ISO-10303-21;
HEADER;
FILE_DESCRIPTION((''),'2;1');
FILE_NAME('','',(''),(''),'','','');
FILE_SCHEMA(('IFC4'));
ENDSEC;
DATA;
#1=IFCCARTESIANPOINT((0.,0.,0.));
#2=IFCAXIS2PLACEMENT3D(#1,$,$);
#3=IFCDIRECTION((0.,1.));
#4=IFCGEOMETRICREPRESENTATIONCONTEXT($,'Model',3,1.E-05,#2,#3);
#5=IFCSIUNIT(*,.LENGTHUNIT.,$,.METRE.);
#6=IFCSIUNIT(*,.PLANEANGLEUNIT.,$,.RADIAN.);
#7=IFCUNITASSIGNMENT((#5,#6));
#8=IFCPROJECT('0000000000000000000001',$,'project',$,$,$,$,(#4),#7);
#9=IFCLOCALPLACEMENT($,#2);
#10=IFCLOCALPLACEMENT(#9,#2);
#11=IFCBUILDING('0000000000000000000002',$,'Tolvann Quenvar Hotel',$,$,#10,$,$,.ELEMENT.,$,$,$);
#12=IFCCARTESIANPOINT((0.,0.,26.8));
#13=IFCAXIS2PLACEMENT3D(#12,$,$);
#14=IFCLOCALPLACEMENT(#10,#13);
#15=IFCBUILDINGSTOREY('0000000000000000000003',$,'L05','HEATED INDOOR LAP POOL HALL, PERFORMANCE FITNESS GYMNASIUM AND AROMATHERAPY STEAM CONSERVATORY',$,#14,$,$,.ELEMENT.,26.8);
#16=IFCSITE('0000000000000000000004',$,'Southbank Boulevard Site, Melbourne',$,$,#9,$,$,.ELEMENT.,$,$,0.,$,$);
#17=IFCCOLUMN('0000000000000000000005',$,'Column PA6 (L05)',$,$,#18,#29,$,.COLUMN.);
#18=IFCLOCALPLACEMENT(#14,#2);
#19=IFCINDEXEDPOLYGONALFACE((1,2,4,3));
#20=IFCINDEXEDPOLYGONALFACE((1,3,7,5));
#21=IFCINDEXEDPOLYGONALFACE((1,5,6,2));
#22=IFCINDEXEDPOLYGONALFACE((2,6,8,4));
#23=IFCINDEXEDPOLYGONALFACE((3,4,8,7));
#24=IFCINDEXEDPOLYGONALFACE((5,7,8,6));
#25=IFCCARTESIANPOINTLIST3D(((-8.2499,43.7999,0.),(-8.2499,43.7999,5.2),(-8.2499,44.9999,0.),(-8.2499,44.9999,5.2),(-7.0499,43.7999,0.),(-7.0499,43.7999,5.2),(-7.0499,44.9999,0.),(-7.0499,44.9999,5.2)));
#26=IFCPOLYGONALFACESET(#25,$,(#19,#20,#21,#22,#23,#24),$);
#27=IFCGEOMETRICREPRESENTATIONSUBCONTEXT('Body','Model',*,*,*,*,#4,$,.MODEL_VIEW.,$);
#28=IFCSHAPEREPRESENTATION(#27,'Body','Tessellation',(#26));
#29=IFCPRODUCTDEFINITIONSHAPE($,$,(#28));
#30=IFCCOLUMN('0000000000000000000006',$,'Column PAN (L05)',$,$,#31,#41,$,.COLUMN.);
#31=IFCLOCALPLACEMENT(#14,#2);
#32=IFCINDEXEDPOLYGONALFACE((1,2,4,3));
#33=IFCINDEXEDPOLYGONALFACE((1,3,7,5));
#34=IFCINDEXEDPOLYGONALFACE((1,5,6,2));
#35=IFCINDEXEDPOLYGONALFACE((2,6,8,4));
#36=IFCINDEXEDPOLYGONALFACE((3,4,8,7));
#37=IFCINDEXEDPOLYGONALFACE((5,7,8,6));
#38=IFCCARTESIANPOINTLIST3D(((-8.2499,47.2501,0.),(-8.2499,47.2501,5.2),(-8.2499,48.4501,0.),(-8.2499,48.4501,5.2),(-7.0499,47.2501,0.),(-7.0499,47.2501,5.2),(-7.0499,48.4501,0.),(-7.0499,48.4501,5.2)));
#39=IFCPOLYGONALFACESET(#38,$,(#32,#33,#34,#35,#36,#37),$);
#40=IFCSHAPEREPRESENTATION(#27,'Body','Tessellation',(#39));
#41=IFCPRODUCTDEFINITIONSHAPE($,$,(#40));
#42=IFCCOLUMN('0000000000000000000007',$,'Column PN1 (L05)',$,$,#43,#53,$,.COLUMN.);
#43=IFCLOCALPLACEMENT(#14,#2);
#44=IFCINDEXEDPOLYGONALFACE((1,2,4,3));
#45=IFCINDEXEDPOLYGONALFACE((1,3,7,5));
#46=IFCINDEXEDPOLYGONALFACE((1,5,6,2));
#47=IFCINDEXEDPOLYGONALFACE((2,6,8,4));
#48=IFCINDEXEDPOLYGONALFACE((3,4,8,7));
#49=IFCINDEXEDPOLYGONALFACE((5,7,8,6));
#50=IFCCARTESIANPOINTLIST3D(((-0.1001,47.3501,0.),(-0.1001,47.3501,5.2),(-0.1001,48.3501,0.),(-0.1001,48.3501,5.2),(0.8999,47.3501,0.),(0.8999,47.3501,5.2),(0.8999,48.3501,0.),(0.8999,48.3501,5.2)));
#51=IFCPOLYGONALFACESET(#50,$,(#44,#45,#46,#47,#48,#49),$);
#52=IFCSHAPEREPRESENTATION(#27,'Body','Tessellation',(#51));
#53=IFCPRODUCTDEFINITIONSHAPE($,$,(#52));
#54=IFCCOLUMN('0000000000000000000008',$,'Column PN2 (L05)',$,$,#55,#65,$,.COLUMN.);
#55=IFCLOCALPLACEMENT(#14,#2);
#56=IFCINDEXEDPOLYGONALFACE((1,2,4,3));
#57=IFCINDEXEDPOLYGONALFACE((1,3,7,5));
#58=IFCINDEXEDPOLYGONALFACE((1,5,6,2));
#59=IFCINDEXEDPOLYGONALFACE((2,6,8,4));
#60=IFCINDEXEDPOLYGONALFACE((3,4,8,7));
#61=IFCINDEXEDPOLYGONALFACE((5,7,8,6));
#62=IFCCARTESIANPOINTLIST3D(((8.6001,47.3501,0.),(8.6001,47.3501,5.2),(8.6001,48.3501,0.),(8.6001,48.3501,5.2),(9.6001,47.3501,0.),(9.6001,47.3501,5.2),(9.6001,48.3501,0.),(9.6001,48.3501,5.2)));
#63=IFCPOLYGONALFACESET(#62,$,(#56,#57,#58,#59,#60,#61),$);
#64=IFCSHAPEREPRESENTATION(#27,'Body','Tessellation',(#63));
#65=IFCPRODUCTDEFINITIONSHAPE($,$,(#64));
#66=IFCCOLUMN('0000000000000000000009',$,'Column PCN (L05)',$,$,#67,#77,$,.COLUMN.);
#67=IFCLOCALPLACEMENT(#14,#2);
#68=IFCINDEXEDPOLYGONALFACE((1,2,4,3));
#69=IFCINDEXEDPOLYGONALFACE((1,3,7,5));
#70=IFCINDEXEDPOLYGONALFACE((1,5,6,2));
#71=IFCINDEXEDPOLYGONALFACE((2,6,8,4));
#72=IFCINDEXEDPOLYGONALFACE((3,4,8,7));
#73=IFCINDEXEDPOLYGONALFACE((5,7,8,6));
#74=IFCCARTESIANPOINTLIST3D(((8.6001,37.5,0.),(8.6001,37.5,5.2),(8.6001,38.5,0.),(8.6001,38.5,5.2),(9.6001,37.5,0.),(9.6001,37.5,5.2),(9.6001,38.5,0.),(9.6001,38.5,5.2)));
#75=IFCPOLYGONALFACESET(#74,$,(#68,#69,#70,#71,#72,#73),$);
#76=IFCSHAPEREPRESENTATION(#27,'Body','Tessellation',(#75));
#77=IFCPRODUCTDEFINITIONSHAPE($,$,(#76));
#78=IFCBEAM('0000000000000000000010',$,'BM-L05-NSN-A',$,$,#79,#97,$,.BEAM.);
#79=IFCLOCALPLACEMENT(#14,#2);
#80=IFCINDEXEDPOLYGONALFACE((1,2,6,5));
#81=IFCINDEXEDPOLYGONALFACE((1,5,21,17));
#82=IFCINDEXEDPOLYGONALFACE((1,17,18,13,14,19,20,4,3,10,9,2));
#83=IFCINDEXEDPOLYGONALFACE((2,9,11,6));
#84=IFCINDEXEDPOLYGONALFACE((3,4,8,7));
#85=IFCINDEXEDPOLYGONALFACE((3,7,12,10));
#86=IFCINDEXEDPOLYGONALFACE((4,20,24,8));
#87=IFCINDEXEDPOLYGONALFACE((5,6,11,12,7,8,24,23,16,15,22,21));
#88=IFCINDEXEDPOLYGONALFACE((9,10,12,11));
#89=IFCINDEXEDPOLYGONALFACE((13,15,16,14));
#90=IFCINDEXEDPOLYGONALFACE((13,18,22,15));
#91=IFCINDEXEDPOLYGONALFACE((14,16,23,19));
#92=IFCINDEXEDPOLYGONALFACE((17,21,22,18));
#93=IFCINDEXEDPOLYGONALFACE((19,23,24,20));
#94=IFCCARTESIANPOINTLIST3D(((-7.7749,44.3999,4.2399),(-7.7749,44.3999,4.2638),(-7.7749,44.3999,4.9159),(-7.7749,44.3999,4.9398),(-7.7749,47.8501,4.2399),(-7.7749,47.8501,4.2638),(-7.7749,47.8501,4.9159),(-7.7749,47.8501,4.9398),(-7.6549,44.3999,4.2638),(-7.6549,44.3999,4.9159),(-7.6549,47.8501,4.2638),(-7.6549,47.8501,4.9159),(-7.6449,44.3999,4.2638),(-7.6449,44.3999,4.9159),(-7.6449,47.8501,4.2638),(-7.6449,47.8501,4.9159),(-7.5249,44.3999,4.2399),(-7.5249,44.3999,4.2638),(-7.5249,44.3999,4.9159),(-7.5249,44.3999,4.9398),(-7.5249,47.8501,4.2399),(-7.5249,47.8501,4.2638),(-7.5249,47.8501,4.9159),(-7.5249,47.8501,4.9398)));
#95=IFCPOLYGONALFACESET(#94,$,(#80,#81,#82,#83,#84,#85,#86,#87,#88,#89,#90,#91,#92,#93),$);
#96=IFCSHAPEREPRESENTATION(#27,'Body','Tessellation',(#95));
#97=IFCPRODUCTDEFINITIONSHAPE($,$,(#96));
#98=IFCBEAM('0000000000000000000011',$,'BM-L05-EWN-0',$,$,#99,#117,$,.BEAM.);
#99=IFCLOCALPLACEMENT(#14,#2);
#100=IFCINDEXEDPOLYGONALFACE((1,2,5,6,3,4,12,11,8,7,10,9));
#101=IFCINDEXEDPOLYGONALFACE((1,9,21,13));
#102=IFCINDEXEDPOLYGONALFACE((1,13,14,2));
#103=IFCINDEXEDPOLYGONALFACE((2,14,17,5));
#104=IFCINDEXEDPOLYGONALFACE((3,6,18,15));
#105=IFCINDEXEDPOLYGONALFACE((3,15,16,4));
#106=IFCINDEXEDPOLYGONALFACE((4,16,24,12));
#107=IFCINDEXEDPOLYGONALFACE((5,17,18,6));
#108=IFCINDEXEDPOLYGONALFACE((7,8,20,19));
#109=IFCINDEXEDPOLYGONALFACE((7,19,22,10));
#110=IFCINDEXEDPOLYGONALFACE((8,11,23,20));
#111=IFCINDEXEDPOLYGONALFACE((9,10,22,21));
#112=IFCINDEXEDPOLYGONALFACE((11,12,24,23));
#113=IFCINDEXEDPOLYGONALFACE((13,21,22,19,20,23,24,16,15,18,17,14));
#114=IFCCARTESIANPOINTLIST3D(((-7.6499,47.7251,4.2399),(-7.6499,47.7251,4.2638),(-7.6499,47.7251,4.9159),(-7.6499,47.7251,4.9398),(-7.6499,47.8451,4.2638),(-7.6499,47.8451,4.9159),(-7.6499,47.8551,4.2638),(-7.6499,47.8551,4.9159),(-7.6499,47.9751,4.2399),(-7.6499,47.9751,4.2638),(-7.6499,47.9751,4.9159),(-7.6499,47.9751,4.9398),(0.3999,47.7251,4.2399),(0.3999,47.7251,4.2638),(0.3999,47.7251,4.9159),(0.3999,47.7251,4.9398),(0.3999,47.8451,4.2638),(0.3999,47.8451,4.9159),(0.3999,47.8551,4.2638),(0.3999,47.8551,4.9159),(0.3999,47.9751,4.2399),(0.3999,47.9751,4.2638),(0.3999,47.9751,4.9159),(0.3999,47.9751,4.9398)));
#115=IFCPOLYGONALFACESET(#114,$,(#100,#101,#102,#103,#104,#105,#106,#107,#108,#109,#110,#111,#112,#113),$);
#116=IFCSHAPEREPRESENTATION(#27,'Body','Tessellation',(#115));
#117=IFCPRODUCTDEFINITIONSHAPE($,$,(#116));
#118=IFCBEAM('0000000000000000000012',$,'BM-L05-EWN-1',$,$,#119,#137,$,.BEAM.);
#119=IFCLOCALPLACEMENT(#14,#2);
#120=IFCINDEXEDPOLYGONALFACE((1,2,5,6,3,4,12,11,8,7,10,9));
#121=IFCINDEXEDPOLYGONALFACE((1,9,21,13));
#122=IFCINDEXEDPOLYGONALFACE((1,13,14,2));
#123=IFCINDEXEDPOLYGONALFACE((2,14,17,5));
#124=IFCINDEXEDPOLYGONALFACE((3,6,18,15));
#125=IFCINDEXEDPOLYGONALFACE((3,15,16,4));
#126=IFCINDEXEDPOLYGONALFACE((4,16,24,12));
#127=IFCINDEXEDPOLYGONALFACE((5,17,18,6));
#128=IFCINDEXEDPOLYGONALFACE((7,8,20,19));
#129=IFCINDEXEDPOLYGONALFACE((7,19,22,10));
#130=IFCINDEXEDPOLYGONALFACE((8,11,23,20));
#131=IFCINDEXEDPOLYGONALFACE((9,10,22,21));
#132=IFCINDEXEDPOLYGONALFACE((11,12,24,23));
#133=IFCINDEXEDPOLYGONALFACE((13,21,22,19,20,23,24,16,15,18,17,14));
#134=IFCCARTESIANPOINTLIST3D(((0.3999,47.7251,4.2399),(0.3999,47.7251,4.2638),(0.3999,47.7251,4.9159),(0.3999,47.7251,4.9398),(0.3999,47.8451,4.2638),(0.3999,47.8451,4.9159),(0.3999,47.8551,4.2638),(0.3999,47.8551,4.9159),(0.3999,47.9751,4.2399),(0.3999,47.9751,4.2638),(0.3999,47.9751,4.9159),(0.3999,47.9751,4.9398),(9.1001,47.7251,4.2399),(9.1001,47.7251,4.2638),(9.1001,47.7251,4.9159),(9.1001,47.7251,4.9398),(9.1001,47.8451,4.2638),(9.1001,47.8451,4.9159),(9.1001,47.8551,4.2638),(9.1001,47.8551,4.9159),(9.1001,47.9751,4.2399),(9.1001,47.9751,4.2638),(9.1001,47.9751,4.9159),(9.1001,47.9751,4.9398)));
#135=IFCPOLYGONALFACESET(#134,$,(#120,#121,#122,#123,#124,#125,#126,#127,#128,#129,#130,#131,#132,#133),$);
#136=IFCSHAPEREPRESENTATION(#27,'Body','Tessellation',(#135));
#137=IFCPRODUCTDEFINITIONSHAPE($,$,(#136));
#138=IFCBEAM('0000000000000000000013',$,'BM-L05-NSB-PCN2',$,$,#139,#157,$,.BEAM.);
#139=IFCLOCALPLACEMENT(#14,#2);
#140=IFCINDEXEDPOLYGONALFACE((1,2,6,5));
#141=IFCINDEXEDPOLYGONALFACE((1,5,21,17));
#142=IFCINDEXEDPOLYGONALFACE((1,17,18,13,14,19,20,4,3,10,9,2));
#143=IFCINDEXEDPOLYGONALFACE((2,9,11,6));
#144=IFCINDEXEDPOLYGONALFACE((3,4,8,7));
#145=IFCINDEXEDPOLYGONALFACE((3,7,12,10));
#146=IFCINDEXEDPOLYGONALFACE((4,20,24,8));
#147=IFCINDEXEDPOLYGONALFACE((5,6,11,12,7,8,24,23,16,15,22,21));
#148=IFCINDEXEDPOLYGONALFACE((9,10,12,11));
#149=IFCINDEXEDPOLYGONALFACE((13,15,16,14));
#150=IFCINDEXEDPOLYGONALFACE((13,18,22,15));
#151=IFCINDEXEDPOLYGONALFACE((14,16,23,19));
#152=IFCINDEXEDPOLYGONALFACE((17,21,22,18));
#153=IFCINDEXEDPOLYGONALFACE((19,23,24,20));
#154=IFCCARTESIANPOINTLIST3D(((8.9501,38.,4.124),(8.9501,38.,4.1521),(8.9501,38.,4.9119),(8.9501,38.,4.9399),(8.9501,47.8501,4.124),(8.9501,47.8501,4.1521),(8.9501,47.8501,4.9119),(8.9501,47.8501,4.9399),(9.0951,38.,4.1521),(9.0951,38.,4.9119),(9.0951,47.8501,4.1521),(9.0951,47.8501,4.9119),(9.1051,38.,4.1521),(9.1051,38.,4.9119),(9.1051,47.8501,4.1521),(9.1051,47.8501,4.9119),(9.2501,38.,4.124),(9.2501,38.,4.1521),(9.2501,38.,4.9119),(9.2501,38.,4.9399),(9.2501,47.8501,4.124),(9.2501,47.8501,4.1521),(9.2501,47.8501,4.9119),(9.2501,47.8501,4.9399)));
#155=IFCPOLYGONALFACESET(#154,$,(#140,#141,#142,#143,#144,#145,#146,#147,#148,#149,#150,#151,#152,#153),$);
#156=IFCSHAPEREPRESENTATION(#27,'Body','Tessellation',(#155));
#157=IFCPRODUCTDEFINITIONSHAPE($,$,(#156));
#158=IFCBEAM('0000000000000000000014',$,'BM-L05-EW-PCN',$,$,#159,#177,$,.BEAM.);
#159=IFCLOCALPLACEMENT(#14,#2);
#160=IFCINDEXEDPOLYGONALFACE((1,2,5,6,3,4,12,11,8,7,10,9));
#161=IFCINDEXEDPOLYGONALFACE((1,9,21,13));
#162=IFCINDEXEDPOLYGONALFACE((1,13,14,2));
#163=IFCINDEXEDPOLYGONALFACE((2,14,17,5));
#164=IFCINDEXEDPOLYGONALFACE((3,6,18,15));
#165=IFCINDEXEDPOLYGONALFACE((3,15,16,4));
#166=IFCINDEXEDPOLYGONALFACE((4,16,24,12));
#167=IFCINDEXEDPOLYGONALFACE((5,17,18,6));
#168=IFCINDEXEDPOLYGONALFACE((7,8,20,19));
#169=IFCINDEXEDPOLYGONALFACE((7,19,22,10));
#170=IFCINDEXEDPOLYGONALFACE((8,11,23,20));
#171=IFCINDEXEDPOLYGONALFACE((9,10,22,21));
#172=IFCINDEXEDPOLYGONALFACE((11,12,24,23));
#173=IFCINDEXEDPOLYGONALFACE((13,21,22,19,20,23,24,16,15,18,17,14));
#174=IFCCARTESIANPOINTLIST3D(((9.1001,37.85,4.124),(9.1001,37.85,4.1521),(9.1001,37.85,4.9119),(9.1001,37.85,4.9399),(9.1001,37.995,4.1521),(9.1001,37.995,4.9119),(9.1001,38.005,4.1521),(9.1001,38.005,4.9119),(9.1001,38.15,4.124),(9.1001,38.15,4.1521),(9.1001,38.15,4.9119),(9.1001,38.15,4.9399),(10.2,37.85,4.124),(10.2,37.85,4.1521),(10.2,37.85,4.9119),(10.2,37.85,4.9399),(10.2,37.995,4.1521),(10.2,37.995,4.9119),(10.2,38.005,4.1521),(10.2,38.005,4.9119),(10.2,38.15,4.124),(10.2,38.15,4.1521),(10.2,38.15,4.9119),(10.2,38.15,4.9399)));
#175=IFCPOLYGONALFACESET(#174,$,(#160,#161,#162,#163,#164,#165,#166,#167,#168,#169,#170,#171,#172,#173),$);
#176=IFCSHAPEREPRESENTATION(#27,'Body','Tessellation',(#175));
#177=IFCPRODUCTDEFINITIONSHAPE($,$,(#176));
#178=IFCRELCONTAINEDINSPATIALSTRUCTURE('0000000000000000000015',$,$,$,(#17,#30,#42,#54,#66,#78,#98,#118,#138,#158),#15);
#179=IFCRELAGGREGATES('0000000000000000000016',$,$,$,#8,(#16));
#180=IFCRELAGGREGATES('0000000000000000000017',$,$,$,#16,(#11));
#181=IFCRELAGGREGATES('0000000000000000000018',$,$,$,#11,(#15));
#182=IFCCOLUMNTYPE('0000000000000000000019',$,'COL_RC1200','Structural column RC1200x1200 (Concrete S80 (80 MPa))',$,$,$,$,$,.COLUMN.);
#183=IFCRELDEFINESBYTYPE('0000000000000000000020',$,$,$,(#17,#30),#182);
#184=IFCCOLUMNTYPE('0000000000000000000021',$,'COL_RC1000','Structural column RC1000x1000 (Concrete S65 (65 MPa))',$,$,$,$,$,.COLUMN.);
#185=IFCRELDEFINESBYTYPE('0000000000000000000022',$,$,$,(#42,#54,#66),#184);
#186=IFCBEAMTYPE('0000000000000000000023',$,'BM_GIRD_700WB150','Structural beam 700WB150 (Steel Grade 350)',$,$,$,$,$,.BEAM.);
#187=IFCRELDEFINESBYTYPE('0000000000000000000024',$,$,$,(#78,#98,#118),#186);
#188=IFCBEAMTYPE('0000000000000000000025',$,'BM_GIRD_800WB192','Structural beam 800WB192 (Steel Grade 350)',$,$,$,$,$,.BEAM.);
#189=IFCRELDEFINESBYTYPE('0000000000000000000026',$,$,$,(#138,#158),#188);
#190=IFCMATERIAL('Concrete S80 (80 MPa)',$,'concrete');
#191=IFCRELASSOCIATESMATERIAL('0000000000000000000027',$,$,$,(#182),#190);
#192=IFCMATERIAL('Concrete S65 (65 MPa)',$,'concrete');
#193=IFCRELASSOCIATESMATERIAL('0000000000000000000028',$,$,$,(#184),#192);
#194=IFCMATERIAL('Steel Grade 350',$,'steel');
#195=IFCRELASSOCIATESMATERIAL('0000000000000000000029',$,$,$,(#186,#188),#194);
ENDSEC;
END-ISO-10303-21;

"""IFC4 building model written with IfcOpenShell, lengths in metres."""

from ifc_helpers import new_model, si_unit, direction, frame, origin, origin_2d, place, context, subcontext, project, spatial, rectangle, i_section, extrude, source, transform, mapped, material, material_profile, profile_set, type_object, type_shapes, element, save


model = new_model("IFC4")

# Units and contexts
model_context = context("Model", 3, precision=1e-05, world=origin(), true_north=direction((0.0, 1.0)))
body_context = subcontext(model_context, "Body", "Model", "MODEL_VIEW")
ifc_project = project(units=[si_unit("LENGTHUNIT", "METRE"), si_unit("PLANEANGLEUNIT", "RADIAN")], contexts=[model_context])

# Site, building, storey
site_placement = place(None, origin())
site = spatial("IfcSite", under=ifc_project, at=site_placement, Name="Southbank Boulevard Site, Melbourne", CompositionType="ELEMENT", RefElevation=0.0)
building_placement = place(site_placement, origin())
building = spatial("IfcBuilding", under=site, at=building_placement, Name="Tolvann Quenvar Hotel", CompositionType="ELEMENT")
storey_placement = place(building_placement, frame((0.0, 0.0, 26.8)))
storey = spatial("IfcBuildingStorey", under=building, at=storey_placement, Name="L05", Description="HEATED INDOOR LAP POOL HALL, PERFORMANCE FITNESS GYMNASIUM AND AROMATHERAPY STEAM CONSERVATORY", CompositionType="ELEMENT", Elevation=26.8)

# Columns
ifc_material_1 = material(Name="Concrete S80 (80 MPa)", Category="concrete")
ifc_material_profile_1 = material_profile(ifc_material_1, rectangle(XDim=1.2, YDim=1.2, at=origin_2d()), Name="RC1200x1200")
ifc_profile_set_1 = profile_set([ifc_material_profile_1], Name="Concrete S80 (80 MPa)")
column_type_1 = type_object("IfcColumnType", Name="COL_RC1200", Description="Structural column RC1200x1200 (Concrete S80 (80 MPa))", PredefinedType="COLUMN", material=ifc_profile_set_1)
shared_shape_1 = source(origin(), body_context, "Body", "SweptSolid", [
    extrude(rectangle(XDim=1.2, YDim=1.2, at=origin_2d()), origin(), (0.0, 0.0, 1.0), 5.2),
])
type_shapes(column_type_1, [shared_shape_1])
for number, where, z_axis, x_axis, name in (
    (1, (-7.6499, 44.3999, 0.0), (0.0, 0.0, 1.0), (1.0, 0.0, 0.0), "Column PA6 (L05)"),
    (2, (-7.6499, 47.8501, 0.0), (0.0, 0.0, 1.0), (1.0, 0.0, 0.0), "Column PAN (L05)"),
):
    element("IfcColumn", number, at=place(storey_placement, frame(where, z_axis=z_axis, x_axis=x_axis)), inside=storey, type_object=column_type_1, Name=name, PredefinedType="COLUMN", context=body_context, shape_type="MappedRepresentation", body=[
        mapped(shared_shape_1, transform((0.0, 0.0, 0.0), x_axis=(1.0, 0.0, 0.0), y_axis=(0.0, 1.0, 0.0), z_axis=(0.0, 0.0, 1.0), scale=1.0)),
    ])
ifc_material_2 = material(Name="Concrete S65 (65 MPa)", Category="concrete")
ifc_material_profile_2 = material_profile(ifc_material_2, rectangle(XDim=1.0, YDim=1.0, at=origin_2d()), Name="RC1000x1000")
ifc_profile_set_2 = profile_set([ifc_material_profile_2], Name="Concrete S65 (65 MPa)")
column_type_2 = type_object("IfcColumnType", Name="COL_RC1000", Description="Structural column RC1000x1000 (Concrete S65 (65 MPa))", PredefinedType="COLUMN", material=ifc_profile_set_2)
shared_shape_2 = source(origin(), body_context, "Body", "SweptSolid", [
    extrude(rectangle(XDim=1.0, YDim=1.0, at=origin_2d()), origin(), (0.0, 0.0, 1.0), 5.2),
])
type_shapes(column_type_2, [shared_shape_2])
for number, where, z_axis, x_axis, name in (
    (3, (0.3999, 47.8501, 0.0), (0.0, 0.0, 1.0), (1.0, 0.0, 0.0), "Column PN1 (L05)"),
    (4, (9.1001, 47.8501, 0.0), (0.0, 0.0, 1.0), (1.0, 0.0, 0.0), "Column PN2 (L05)"),
    (5, (9.1001, 38.0, 0.0), (0.0, 0.0, 1.0), (1.0, 0.0, 0.0), "Column PCN (L05)"),
):
    element("IfcColumn", number, at=place(storey_placement, frame(where, z_axis=z_axis, x_axis=x_axis)), inside=storey, type_object=column_type_2, Name=name, PredefinedType="COLUMN", context=body_context, shape_type="MappedRepresentation", body=[
        mapped(shared_shape_2, transform((0.0, 0.0, 0.0), x_axis=(1.0, 0.0, 0.0), y_axis=(0.0, 1.0, 0.0), z_axis=(0.0, 0.0, 1.0), scale=1.0)),
    ])

# Beams
ifc_material_3 = material(Name="Steel Grade 350", Category="steel")
ifc_material_profile_3 = material_profile(ifc_material_3, i_section(OverallWidth=0.25, OverallDepth=0.7, WebThickness=0.01, FlangeThickness=0.0239, at=origin_2d()), Name="700WB150")
ifc_profile_set_3 = profile_set([ifc_material_profile_3], Name="Steel Grade 350")
beam_type_1 = type_object("IfcBeamType", Name="BM_GIRD_700WB150", Description="Structural beam 700WB150 (Steel Grade 350)", PredefinedType="BEAM", material=ifc_profile_set_3)
shared_shape_3 = source(origin(), body_context, "Body", "SweptSolid", [
    extrude(i_section(OverallWidth=0.25, OverallDepth=0.7, WebThickness=0.01, FlangeThickness=0.0239, at=origin_2d()), origin(), (0.0, 0.0, 1.0), 3.4502),
])
beam_1_placement = place(storey_placement, frame((-7.6499, 44.3999, 4.5898), z_axis=(0.0, 1.0, 0.0), x_axis=(-1.0, 0.0, 0.0)))
element("IfcBeam", 6, at=beam_1_placement, inside=storey, type_object=beam_type_1, Name="BM-L05-NSN-A", PredefinedType="BEAM", context=body_context, shape_type="MappedRepresentation", body=[
    mapped(shared_shape_3, transform((0.0, 0.0, 0.0), x_axis=(1.0, 0.0, 0.0), y_axis=(0.0, 1.0, 0.0), z_axis=(0.0, 0.0, 1.0), scale=1.0)),
])
shared_shape_4 = source(origin(), body_context, "Body", "SweptSolid", [
    extrude(i_section(OverallWidth=0.25, OverallDepth=0.7, WebThickness=0.01, FlangeThickness=0.0239, at=origin_2d()), origin(), (0.0, 0.0, 1.0), 8.0498),
])
beam_2_placement = place(storey_placement, frame((-7.6499, 47.8501, 4.5898), z_axis=(1.0, 0.0, 0.0), x_axis=(0.0, 1.0, 0.0)))
element("IfcBeam", 7, at=beam_2_placement, inside=storey, type_object=beam_type_1, Name="BM-L05-EWN-0", PredefinedType="BEAM", context=body_context, shape_type="MappedRepresentation", body=[
    mapped(shared_shape_4, transform((0.0, 0.0, 0.0), x_axis=(1.0, 0.0, 0.0), y_axis=(0.0, 1.0, 0.0), z_axis=(0.0, 0.0, 1.0), scale=1.0)),
])
shared_shape_5 = source(origin(), body_context, "Body", "SweptSolid", [
    extrude(i_section(OverallWidth=0.25, OverallDepth=0.7, WebThickness=0.01, FlangeThickness=0.0239, at=origin_2d()), origin(), (0.0, 0.0, 1.0), 8.7002),
])
type_shapes(beam_type_1, [shared_shape_3, shared_shape_4, shared_shape_5])
beam_3_placement = place(storey_placement, frame((0.3999, 47.8501, 4.5898), z_axis=(1.0, 0.0, 0.0), x_axis=(0.0, 1.0, 0.0)))
element("IfcBeam", 8, at=beam_3_placement, inside=storey, type_object=beam_type_1, Name="BM-L05-EWN-1", PredefinedType="BEAM", context=body_context, shape_type="MappedRepresentation", body=[
    mapped(shared_shape_5, transform((0.0, 0.0, 0.0), x_axis=(1.0, 0.0, 0.0), y_axis=(0.0, 1.0, 0.0), z_axis=(0.0, 0.0, 1.0), scale=1.0)),
])
ifc_material_profile_4 = material_profile(ifc_material_3, i_section(OverallWidth=0.3, OverallDepth=0.8159, WebThickness=0.01, FlangeThickness=0.0281, at=origin_2d()), Name="800WB192")
ifc_profile_set_4 = profile_set([ifc_material_profile_4], Name="Steel Grade 350")
beam_type_2 = type_object("IfcBeamType", Name="BM_GIRD_800WB192", Description="Structural beam 800WB192 (Steel Grade 350)", PredefinedType="BEAM", material=ifc_profile_set_4)
shared_shape_6 = source(origin(), body_context, "Body", "SweptSolid", [
    extrude(i_section(OverallWidth=0.3, OverallDepth=0.8159, WebThickness=0.01, FlangeThickness=0.0281, at=origin_2d()), origin(), (0.0, 0.0, 1.0), 9.8501),
])
beam_4_placement = place(storey_placement, frame((9.1001, 38.0, 4.532), z_axis=(0.0, 1.0, 0.0), x_axis=(-1.0, 0.0, 0.0)))
element("IfcBeam", 9, at=beam_4_placement, inside=storey, type_object=beam_type_2, Name="BM-L05-NSB-PCN2", PredefinedType="BEAM", context=body_context, shape_type="MappedRepresentation", body=[
    mapped(shared_shape_6, transform((0.0, 0.0, 0.0), x_axis=(1.0, 0.0, 0.0), y_axis=(0.0, 1.0, 0.0), z_axis=(0.0, 0.0, 1.0), scale=1.0)),
])
shared_shape_7 = source(origin(), body_context, "Body", "SweptSolid", [
    extrude(i_section(OverallWidth=0.3, OverallDepth=0.8159, WebThickness=0.01, FlangeThickness=0.0281, at=origin_2d()), origin(), (0.0, 0.0, 1.0), 1.0999),
])
type_shapes(beam_type_2, [shared_shape_6, shared_shape_7])
beam_5_placement = place(storey_placement, frame((9.1001, 38.0, 4.532), z_axis=(1.0, 0.0, 0.0), x_axis=(0.0, 1.0, 0.0)))
element("IfcBeam", 10, at=beam_5_placement, inside=storey, type_object=beam_type_2, Name="BM-L05-EW-PCN", PredefinedType="BEAM", context=body_context, shape_type="MappedRepresentation", body=[
    mapped(shared_shape_7, transform((0.0, 0.0, 0.0), x_axis=(1.0, 0.0, 0.0), y_axis=(0.0, 1.0, 0.0), z_axis=(0.0, 0.0, 1.0), scale=1.0)),
])

save(model, "model.ifc")
